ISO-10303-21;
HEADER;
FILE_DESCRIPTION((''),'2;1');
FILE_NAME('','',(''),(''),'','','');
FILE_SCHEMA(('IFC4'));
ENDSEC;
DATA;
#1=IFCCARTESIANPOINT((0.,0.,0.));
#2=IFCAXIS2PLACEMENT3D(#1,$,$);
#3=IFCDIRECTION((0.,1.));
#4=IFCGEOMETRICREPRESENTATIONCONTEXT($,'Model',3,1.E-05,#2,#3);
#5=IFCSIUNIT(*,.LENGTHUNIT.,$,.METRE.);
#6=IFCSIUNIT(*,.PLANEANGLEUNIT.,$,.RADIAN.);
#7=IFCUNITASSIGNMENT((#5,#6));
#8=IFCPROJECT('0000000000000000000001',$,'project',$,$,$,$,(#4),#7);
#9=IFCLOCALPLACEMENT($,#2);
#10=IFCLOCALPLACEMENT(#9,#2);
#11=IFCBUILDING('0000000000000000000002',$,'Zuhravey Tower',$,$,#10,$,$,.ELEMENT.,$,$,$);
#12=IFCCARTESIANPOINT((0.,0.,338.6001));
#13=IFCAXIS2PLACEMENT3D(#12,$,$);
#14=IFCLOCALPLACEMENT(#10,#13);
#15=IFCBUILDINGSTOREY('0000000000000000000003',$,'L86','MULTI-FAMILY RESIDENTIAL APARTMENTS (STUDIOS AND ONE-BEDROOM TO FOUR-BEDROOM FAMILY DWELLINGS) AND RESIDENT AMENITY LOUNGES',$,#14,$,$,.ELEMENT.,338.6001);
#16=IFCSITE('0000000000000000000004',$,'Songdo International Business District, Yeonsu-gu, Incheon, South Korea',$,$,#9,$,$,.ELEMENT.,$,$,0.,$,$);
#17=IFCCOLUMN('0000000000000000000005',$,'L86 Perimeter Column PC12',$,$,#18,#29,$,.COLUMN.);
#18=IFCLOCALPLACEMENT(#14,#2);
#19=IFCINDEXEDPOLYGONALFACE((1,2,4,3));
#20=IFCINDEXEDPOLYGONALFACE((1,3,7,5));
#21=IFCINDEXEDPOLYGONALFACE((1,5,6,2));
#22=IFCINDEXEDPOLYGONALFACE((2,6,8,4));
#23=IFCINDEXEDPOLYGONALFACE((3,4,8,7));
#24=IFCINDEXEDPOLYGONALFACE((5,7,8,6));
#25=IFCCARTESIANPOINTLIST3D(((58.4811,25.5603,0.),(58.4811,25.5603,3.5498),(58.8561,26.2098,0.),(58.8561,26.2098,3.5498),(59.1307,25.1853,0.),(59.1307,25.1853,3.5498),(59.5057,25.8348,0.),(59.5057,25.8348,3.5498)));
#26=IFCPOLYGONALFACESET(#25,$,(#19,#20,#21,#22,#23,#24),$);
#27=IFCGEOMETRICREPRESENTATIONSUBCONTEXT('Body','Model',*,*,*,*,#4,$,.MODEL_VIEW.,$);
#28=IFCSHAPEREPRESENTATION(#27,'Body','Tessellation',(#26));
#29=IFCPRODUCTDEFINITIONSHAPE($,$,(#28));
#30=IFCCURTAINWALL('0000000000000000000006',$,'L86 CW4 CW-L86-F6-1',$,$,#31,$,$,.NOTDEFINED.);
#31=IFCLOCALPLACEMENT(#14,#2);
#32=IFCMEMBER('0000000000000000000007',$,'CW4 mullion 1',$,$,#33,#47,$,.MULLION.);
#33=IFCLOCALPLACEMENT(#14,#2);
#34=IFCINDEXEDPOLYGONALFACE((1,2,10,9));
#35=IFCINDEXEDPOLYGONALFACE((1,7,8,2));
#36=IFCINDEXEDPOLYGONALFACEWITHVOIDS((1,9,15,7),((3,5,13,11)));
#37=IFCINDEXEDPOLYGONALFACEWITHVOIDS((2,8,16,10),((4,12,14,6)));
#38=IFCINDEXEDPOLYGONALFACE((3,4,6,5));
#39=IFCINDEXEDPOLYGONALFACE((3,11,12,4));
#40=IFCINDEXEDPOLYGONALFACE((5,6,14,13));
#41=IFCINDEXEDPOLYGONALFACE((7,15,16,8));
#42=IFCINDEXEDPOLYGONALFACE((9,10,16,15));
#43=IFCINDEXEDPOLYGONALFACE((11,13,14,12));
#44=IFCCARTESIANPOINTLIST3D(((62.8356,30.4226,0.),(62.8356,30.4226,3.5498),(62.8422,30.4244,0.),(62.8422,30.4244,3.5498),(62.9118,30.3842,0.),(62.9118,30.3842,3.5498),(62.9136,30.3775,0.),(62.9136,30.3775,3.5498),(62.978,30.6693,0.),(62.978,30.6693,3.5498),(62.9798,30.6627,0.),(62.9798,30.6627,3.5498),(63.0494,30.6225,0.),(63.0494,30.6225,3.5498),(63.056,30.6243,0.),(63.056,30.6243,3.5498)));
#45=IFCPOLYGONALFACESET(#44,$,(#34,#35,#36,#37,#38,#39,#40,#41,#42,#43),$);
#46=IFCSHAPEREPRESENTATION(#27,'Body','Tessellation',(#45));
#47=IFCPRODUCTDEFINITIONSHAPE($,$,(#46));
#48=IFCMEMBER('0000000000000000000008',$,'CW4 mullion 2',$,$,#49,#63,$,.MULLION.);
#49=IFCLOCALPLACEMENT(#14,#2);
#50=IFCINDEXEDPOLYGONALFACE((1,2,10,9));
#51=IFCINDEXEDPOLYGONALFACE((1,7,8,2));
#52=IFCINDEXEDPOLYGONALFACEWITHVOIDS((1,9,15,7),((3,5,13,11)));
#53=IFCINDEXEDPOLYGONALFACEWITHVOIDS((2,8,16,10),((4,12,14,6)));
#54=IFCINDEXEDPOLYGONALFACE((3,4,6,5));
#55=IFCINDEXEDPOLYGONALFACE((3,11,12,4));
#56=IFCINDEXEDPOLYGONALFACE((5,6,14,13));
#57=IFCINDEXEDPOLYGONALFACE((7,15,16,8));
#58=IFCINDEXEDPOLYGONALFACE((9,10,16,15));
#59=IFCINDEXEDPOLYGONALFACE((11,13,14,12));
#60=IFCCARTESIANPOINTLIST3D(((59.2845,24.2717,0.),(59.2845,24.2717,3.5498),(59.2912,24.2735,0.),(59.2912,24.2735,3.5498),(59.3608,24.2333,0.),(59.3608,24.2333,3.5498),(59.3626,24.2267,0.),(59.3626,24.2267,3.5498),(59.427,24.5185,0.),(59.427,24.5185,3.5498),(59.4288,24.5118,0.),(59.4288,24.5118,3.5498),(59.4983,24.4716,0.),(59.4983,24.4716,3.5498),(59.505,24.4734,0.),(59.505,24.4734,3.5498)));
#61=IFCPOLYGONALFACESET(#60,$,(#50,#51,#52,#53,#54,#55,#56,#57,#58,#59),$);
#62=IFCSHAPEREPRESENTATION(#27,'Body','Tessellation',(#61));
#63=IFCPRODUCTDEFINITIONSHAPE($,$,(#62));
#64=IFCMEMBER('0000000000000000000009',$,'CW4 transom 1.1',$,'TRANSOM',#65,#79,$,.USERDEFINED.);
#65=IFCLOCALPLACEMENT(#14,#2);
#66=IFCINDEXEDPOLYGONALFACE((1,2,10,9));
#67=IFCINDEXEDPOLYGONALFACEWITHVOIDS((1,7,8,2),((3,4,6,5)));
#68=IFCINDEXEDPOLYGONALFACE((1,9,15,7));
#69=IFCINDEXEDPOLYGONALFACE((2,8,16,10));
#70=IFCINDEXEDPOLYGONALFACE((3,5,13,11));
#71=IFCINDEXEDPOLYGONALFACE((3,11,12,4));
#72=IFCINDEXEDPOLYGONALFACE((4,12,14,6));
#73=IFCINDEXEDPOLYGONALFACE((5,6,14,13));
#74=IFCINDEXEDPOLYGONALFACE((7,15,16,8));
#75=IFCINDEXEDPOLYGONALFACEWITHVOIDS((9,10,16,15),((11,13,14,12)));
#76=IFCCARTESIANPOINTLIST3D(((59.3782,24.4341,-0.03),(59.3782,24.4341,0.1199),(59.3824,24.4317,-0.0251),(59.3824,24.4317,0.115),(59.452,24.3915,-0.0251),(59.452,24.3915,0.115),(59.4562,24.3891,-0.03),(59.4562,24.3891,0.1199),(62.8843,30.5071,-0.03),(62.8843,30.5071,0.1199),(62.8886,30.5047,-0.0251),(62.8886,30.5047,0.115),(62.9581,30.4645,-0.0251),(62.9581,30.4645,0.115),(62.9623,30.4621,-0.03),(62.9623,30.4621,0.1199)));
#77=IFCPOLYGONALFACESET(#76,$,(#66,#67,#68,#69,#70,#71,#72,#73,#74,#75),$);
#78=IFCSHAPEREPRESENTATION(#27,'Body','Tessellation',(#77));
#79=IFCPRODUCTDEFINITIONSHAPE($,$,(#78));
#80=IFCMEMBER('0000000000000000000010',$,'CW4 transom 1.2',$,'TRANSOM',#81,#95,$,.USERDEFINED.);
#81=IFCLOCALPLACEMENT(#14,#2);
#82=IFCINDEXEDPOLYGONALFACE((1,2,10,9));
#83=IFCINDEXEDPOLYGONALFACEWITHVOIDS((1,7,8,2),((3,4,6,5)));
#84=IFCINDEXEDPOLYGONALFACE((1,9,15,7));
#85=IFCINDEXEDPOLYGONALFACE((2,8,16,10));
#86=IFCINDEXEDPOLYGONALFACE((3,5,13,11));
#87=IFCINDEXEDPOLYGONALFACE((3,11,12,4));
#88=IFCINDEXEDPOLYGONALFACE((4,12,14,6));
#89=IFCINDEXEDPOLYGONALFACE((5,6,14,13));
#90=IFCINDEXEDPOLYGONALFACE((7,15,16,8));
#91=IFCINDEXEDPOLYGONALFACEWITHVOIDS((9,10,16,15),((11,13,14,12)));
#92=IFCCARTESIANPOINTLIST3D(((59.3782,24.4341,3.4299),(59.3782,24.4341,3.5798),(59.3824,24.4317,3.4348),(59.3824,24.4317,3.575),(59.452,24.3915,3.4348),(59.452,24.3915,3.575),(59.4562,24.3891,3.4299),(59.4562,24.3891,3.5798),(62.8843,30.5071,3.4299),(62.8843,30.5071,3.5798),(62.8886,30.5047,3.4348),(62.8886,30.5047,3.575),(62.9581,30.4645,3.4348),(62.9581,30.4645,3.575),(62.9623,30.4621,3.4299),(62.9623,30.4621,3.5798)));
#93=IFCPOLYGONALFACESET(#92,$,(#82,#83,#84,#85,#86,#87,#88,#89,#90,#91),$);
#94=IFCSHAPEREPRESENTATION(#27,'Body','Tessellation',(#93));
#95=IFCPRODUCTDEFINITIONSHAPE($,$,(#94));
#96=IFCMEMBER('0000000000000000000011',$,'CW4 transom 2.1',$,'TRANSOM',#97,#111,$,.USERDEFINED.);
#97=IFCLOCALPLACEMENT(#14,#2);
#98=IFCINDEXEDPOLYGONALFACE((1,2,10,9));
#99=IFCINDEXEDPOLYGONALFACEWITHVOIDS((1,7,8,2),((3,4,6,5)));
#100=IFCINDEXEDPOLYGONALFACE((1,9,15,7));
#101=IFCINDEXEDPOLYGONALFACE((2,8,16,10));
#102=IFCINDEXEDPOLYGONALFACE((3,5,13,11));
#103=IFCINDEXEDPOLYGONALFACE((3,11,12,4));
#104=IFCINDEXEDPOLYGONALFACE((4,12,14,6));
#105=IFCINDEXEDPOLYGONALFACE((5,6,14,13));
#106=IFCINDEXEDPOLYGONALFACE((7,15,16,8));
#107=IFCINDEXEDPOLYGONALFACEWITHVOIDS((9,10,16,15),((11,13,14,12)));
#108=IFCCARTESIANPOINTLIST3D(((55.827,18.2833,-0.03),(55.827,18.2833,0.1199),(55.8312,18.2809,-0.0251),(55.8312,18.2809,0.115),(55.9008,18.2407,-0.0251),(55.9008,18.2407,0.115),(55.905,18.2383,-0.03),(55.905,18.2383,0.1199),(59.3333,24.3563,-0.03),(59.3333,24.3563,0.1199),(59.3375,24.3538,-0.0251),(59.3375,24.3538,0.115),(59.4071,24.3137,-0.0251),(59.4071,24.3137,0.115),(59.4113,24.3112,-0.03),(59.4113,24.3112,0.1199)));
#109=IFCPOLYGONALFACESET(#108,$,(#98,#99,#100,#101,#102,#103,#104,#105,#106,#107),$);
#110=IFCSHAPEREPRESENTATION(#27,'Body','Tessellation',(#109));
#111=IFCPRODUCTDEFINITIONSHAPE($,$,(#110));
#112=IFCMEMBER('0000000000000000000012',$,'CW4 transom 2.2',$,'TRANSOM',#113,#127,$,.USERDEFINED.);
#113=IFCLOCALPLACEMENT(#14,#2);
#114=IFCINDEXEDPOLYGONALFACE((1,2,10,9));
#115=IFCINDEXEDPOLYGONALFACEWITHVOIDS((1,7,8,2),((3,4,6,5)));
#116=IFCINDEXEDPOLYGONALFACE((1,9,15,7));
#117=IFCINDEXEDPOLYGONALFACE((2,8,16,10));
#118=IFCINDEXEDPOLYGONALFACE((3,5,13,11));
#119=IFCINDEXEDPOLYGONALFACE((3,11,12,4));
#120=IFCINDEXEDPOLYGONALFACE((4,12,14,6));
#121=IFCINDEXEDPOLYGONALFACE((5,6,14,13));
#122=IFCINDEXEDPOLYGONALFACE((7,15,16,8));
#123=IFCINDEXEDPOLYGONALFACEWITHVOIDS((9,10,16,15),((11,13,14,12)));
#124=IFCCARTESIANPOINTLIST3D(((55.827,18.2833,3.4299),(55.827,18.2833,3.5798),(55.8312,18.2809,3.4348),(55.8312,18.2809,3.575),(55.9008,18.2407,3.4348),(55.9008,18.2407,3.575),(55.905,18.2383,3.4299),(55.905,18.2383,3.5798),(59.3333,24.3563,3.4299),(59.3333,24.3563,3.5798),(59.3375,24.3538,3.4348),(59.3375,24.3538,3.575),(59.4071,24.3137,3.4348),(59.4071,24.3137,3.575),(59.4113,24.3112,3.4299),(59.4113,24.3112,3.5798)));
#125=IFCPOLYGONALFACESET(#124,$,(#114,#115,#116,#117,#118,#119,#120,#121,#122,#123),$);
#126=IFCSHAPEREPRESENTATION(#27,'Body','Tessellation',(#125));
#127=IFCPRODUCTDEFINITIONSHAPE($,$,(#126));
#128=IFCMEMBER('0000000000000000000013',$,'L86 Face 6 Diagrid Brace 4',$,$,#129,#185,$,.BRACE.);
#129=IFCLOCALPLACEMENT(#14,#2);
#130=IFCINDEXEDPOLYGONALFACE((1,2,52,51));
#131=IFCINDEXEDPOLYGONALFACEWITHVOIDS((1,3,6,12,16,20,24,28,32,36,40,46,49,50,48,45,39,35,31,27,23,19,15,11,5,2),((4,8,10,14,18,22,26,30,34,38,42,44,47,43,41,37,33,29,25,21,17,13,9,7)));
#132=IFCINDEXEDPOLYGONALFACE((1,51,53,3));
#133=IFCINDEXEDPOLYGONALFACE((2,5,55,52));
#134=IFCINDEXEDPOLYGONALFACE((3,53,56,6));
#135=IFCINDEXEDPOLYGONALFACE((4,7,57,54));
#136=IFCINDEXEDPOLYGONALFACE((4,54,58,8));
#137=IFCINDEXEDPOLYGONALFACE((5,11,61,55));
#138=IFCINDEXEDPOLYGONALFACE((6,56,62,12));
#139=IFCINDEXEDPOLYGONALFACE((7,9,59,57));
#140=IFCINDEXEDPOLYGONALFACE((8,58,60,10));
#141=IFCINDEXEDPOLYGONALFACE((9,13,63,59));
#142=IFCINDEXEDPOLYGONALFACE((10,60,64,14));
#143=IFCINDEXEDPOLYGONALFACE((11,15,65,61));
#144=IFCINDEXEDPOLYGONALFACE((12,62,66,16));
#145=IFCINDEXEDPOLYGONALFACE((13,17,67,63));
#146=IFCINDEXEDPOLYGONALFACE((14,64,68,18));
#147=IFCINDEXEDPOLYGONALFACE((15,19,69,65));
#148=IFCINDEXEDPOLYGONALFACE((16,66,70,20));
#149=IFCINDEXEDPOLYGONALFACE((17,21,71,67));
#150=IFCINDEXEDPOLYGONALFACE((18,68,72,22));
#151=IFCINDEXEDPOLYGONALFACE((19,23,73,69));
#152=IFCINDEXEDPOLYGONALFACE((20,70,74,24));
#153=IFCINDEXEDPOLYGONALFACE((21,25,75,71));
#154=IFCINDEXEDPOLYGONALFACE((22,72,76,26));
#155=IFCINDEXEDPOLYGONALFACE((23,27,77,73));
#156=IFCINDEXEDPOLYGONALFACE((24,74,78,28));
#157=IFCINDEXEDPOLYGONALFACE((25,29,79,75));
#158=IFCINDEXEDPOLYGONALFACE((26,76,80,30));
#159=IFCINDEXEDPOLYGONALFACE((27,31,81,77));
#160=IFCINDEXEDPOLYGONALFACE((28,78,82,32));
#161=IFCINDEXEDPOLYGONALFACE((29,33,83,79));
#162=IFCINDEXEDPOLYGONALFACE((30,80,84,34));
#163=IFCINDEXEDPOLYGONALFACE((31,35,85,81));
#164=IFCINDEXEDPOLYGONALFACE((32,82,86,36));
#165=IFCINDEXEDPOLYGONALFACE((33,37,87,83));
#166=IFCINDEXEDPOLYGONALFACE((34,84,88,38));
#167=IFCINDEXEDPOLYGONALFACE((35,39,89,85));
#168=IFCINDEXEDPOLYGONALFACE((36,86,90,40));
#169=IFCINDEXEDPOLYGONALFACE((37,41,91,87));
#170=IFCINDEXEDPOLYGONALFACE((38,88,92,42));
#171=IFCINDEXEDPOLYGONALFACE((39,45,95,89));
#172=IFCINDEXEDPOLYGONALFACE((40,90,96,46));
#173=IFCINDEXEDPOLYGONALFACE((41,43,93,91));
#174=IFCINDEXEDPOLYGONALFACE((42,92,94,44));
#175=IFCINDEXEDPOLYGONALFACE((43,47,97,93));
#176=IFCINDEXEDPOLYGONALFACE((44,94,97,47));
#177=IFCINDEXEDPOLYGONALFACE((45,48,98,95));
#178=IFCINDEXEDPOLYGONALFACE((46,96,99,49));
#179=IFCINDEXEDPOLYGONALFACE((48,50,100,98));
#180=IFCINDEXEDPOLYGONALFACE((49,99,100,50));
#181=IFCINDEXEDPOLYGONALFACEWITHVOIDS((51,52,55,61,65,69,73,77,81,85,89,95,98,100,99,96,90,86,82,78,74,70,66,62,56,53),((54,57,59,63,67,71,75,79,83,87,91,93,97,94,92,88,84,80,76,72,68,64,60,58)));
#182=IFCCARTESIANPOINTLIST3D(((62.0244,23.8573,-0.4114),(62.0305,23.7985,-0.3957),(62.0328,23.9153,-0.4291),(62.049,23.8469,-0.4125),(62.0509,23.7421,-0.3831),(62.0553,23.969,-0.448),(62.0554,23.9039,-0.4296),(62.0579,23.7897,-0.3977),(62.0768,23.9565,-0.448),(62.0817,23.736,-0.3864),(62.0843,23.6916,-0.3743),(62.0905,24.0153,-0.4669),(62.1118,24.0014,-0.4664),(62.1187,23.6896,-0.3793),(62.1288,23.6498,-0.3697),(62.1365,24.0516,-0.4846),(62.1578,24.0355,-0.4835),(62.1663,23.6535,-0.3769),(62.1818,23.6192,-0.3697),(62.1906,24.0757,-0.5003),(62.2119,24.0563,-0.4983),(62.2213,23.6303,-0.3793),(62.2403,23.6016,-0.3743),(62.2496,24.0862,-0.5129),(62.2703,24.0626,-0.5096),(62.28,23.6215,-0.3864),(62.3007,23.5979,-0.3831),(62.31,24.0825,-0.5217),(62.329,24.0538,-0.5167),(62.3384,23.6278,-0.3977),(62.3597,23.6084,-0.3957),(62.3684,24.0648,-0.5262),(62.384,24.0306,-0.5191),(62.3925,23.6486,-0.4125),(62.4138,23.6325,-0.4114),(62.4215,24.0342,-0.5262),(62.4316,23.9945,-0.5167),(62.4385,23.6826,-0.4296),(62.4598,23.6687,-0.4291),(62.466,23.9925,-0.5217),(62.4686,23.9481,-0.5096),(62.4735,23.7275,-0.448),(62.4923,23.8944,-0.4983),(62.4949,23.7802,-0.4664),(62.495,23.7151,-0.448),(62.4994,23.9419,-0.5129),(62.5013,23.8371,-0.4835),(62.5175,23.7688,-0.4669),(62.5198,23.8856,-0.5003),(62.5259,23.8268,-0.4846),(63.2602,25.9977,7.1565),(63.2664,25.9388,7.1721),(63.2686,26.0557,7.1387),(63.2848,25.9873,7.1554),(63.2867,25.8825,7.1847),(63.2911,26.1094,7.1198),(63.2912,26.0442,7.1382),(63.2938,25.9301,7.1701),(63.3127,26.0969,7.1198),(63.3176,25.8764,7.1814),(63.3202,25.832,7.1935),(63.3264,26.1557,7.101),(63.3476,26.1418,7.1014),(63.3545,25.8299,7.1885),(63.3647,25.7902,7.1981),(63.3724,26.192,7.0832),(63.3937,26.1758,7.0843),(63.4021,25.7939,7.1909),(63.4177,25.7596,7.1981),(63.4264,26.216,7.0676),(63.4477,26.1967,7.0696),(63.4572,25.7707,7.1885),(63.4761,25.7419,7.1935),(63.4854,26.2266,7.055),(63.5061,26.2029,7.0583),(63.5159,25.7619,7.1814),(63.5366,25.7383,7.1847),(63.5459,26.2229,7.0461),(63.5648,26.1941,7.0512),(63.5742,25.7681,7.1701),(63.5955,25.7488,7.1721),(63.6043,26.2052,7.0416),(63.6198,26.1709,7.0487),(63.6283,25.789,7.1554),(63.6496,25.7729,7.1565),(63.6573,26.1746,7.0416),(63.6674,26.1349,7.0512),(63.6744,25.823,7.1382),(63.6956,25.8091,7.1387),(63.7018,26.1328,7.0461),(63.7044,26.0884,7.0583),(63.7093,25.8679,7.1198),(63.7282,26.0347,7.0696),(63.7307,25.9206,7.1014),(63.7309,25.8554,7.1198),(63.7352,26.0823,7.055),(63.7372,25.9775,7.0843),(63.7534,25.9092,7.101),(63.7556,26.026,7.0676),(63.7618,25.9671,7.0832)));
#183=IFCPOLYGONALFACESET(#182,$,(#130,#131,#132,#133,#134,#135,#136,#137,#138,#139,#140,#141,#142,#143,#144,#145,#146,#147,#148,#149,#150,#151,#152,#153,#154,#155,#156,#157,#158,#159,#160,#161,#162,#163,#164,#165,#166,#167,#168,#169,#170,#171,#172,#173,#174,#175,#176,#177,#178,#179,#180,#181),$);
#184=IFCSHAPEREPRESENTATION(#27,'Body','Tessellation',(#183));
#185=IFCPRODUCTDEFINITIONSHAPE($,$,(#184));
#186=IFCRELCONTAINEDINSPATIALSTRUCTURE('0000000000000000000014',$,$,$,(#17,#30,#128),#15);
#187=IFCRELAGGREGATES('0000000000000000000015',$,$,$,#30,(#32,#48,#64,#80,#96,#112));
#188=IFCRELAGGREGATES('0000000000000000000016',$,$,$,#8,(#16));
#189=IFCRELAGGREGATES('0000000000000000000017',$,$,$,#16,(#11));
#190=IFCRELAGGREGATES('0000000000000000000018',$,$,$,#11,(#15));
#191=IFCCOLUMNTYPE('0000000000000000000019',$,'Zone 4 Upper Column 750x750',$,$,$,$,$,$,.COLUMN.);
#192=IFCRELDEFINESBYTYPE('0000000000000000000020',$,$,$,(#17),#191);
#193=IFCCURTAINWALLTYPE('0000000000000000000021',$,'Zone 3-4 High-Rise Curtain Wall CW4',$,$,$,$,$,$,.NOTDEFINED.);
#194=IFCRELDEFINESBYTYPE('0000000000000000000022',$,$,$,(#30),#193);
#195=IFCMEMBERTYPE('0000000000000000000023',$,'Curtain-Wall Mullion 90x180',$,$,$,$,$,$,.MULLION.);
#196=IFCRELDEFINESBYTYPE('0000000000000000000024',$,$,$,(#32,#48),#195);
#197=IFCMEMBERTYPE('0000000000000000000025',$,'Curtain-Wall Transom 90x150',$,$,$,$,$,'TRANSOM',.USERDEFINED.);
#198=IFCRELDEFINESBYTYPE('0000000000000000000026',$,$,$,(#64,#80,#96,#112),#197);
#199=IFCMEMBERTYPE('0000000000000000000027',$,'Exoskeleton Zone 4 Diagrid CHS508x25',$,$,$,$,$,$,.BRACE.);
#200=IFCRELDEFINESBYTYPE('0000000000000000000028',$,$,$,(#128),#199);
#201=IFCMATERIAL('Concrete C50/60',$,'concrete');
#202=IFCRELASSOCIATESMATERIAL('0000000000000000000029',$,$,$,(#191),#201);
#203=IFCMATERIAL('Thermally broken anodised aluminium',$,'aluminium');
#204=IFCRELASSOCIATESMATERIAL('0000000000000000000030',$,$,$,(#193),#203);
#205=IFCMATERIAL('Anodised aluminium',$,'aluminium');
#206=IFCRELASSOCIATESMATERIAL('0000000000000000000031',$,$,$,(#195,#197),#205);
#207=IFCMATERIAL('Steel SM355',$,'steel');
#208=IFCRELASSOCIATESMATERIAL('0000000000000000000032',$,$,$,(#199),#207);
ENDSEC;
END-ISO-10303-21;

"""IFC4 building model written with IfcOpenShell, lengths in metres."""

from ifc_helpers import new_model, si_unit, direction, frame, origin, origin_2d, place, context, subcontext, project, spatial, rectangle, hollow_rectangle, hollow_circle, extrude, material, material_profile, profile_set, type_object, element, aggregate, save


model = new_model("IFC4")

# Units and contexts
model_context = context("Model", 3, precision=1e-05, world=origin(), true_north=direction((0.0, 1.0)))
body_context = subcontext(model_context, "Body", "Model", "MODEL_VIEW")
ifc_project = project(units=[si_unit("LENGTHUNIT", "METRE"), si_unit("PLANEANGLEUNIT", "RADIAN")], contexts=[model_context])

# Site, building, storey
site_placement = place(None, origin())
site = spatial("IfcSite", under=ifc_project, at=site_placement, Name="Songdo International Business District, Yeonsu-gu, Incheon, South Korea", CompositionType="ELEMENT", RefElevation=0.0)
building_placement = place(site_placement, origin())
building = spatial("IfcBuilding", under=site, at=building_placement, Name="Zuhravey Tower", CompositionType="ELEMENT")
storey_placement = place(building_placement, frame((0.0, 0.0, 338.6001)))
storey = spatial("IfcBuildingStorey", under=building, at=storey_placement, Name="L86", Description="MULTI-FAMILY RESIDENTIAL APARTMENTS (STUDIOS AND ONE-BEDROOM TO FOUR-BEDROOM FAMILY DWELLINGS) AND RESIDENT AMENITY LOUNGES", CompositionType="ELEMENT", Elevation=338.6001)

# Column
ifc_material_1 = material(Name="Concrete C50/60", Category="concrete")
ifc_material_profile_1 = material_profile(ifc_material_1, rectangle(XDim=0.75, YDim=0.75, at=origin_2d()), Name="RC-750x750")
ifc_profile_set_1 = profile_set([ifc_material_profile_1], Name="Concrete C50/60")
column_type = type_object("IfcColumnType", Name="Zone 4 Upper Column 750x750", PredefinedType="COLUMN", material=ifc_profile_set_1)
column_placement = place(storey_placement, frame((58.9934, 25.6975, 0.0), z_axis=(0.0, 0.0, 1.0), x_axis=(0.5, 0.866025, 0.0)))
element("IfcColumn", 1, at=column_placement, inside=storey, type_object=column_type, Name="L86 Perimeter Column PC12", PredefinedType="COLUMN", context=body_context, shape_type="SweptSolid", body=[
    extrude(rectangle(XDim=0.75, YDim=0.75, at=origin_2d()), origin(), (0.0, 0.0, 1.0), 3.5498),
])

# Curtain wall, members
ifc_material_2 = material(Name="Thermally broken anodised aluminium", Category="aluminium")
curtain_wall_type = type_object("IfcCurtainWallType", Name="Zone 3-4 High-Rise Curtain Wall CW4", PredefinedType="NOTDEFINED", material=ifc_material_2)
curtain_wall_placement = place(storey_placement, origin())
curtain_wall = element("IfcCurtainWall", 2, at=curtain_wall_placement, inside=storey, type_object=curtain_wall_type, Name="L86 CW4 CW-L86-F6-1", PredefinedType="NOTDEFINED")
ifc_material_3 = material(Name="Anodised aluminium", Category="aluminium")
ifc_material_profile_2 = material_profile(ifc_material_3, hollow_rectangle(XDim=0.0901, YDim=0.2849, WallThickness=0.0049, at=origin_2d()), Name="ALU-RHS-90x285x5")
ifc_profile_set_2 = profile_set([ifc_material_profile_2], Name="Anodised aluminium")
member_type_1 = type_object("IfcMemberType", Name="Curtain-Wall Mullion 90x180", PredefinedType="MULLION", material=ifc_profile_set_2)
member_1_placement = place(storey_placement, frame((62.9458, 30.5234, 0.0), z_axis=(0.0, 0.0, 1.0), x_axis=(0.866026, -0.499999, 0.0)))
member_1 = element("IfcMember", 3, at=member_1_placement, type_object=member_type_1, Name="CW4 mullion 1", PredefinedType="MULLION", context=body_context, shape_type="SweptSolid", body=[
    extrude(hollow_rectangle(XDim=0.0901, YDim=0.2849, WallThickness=0.0049, at=origin_2d()), origin(), (0.0, 0.0, 1.0), 3.5498),
])
member_2_placement = place(storey_placement, frame((59.3948, 24.3726, 0.0), z_axis=(0.0, 0.0, 1.0), x_axis=(0.866026, -0.499999, 0.0)))
member_2 = element("IfcMember", 4, at=member_2_placement, type_object=member_type_1, Name="CW4 mullion 2", PredefinedType="MULLION", context=body_context, shape_type="SweptSolid", body=[
    extrude(hollow_rectangle(XDim=0.0901, YDim=0.2849, WallThickness=0.0049, at=origin_2d()), origin(), (0.0, 0.0, 1.0), 3.5498),
])
ifc_material_profile_3 = material_profile(ifc_material_3, hollow_rectangle(XDim=0.0901, YDim=0.1499, WallThickness=0.0049, at=origin_2d()), Name="ALU-RHS-90x150x5")
ifc_profile_set_3 = profile_set([ifc_material_profile_3], Name="Anodised aluminium")
member_type_2 = type_object("IfcMemberType", Name="Curtain-Wall Transom 90x150", ElementType="TRANSOM", PredefinedType="USERDEFINED", material=ifc_profile_set_3)
member_3_placement = place(storey_placement, frame((62.9233, 30.4846, 0.0449), z_axis=(-0.499985, -0.866034, 0.0), x_axis=(0.866034, -0.499985, 0.0)))
member_3 = element("IfcMember", 5, at=member_3_placement, type_object=member_type_2, Name="CW4 transom 1.1", ObjectType="TRANSOM", PredefinedType="USERDEFINED", context=body_context, shape_type="SweptSolid", body=[
    extrude(hollow_rectangle(XDim=0.0901, YDim=0.1499, WallThickness=0.0049, at=origin_2d()), origin(), (0.0, 0.0, 1.0), 7.0125),
])
member_4_placement = place(storey_placement, frame((62.9233, 30.4846, 3.5049), z_axis=(-0.499985, -0.866034, 0.0), x_axis=(0.866034, -0.499985, 0.0)))
member_4 = element("IfcMember", 6, at=member_4_placement, type_object=member_type_2, Name="CW4 transom 1.2", ObjectType="TRANSOM", PredefinedType="USERDEFINED", context=body_context, shape_type="SweptSolid", body=[
    extrude(hollow_rectangle(XDim=0.0901, YDim=0.1499, WallThickness=0.0049, at=origin_2d()), origin(), (0.0, 0.0, 1.0), 7.0125),
])
member_5_placement = place(storey_placement, frame((59.3723, 24.3337, 0.0449), z_axis=(-0.500011, -0.866019, 0.0), x_axis=(0.866019, -0.500011, 0.0)))
member_5 = element("IfcMember", 7, at=member_5_placement, type_object=member_type_2, Name="CW4 transom 2.1", ObjectType="TRANSOM", PredefinedType="USERDEFINED", context=body_context, shape_type="SweptSolid", body=[
    extrude(hollow_rectangle(XDim=0.0901, YDim=0.1499, WallThickness=0.0049, at=origin_2d()), origin(), (0.0, 0.0, 1.0), 7.0125),
])
member_6_placement = place(storey_placement, frame((59.3723, 24.3337, 3.5049), z_axis=(-0.500011, -0.866019, 0.0), x_axis=(0.866019, -0.500011, 0.0)))
member_6 = element("IfcMember", 8, at=member_6_placement, type_object=member_type_2, Name="CW4 transom 2.2", ObjectType="TRANSOM", PredefinedType="USERDEFINED", context=body_context, shape_type="SweptSolid", body=[
    extrude(hollow_rectangle(XDim=0.0901, YDim=0.1499, WallThickness=0.0049, at=origin_2d()), origin(), (0.0, 0.0, 1.0), 7.0125),
])

# Member
ifc_material_4 = material(Name="Steel SM355", Category="steel")
ifc_material_profile_4 = material_profile(ifc_material_4, hollow_circle(Radius=0.2539, WallThickness=0.0249, at=origin_2d()), Name="CHS-508.0x25")
ifc_profile_set_4 = profile_set([ifc_material_profile_4], Name="Steel SM355")
member_type_3 = type_object("IfcMemberType", Name="Exoskeleton Zone 4 Diagrid CHS508x25", PredefinedType="BRACE", material=ifc_profile_set_4)
member_7_placement = place(storey_placement, frame((62.2751, 23.842, -0.448), z_axis=(0.155232, 0.26885, 0.950591), x_axis=(-0.86601, 0.500027, 0.0)))
element("IfcMember", 9, at=member_7_placement, inside=storey, type_object=member_type_3, Name="L86 Face 6 Diagrid Brace 4", PredefinedType="BRACE", context=body_context, shape_type="SweptSolid", body=[
    extrude(hollow_circle(Radius=0.2539, WallThickness=0.0249, at=origin_2d()), origin(), (0.0, 0.0, 1.0), 7.9612),
])

aggregate(curtain_wall, [member_1, member_2, member_3, member_4, member_5, member_6])

save(model, "model.ifc")
